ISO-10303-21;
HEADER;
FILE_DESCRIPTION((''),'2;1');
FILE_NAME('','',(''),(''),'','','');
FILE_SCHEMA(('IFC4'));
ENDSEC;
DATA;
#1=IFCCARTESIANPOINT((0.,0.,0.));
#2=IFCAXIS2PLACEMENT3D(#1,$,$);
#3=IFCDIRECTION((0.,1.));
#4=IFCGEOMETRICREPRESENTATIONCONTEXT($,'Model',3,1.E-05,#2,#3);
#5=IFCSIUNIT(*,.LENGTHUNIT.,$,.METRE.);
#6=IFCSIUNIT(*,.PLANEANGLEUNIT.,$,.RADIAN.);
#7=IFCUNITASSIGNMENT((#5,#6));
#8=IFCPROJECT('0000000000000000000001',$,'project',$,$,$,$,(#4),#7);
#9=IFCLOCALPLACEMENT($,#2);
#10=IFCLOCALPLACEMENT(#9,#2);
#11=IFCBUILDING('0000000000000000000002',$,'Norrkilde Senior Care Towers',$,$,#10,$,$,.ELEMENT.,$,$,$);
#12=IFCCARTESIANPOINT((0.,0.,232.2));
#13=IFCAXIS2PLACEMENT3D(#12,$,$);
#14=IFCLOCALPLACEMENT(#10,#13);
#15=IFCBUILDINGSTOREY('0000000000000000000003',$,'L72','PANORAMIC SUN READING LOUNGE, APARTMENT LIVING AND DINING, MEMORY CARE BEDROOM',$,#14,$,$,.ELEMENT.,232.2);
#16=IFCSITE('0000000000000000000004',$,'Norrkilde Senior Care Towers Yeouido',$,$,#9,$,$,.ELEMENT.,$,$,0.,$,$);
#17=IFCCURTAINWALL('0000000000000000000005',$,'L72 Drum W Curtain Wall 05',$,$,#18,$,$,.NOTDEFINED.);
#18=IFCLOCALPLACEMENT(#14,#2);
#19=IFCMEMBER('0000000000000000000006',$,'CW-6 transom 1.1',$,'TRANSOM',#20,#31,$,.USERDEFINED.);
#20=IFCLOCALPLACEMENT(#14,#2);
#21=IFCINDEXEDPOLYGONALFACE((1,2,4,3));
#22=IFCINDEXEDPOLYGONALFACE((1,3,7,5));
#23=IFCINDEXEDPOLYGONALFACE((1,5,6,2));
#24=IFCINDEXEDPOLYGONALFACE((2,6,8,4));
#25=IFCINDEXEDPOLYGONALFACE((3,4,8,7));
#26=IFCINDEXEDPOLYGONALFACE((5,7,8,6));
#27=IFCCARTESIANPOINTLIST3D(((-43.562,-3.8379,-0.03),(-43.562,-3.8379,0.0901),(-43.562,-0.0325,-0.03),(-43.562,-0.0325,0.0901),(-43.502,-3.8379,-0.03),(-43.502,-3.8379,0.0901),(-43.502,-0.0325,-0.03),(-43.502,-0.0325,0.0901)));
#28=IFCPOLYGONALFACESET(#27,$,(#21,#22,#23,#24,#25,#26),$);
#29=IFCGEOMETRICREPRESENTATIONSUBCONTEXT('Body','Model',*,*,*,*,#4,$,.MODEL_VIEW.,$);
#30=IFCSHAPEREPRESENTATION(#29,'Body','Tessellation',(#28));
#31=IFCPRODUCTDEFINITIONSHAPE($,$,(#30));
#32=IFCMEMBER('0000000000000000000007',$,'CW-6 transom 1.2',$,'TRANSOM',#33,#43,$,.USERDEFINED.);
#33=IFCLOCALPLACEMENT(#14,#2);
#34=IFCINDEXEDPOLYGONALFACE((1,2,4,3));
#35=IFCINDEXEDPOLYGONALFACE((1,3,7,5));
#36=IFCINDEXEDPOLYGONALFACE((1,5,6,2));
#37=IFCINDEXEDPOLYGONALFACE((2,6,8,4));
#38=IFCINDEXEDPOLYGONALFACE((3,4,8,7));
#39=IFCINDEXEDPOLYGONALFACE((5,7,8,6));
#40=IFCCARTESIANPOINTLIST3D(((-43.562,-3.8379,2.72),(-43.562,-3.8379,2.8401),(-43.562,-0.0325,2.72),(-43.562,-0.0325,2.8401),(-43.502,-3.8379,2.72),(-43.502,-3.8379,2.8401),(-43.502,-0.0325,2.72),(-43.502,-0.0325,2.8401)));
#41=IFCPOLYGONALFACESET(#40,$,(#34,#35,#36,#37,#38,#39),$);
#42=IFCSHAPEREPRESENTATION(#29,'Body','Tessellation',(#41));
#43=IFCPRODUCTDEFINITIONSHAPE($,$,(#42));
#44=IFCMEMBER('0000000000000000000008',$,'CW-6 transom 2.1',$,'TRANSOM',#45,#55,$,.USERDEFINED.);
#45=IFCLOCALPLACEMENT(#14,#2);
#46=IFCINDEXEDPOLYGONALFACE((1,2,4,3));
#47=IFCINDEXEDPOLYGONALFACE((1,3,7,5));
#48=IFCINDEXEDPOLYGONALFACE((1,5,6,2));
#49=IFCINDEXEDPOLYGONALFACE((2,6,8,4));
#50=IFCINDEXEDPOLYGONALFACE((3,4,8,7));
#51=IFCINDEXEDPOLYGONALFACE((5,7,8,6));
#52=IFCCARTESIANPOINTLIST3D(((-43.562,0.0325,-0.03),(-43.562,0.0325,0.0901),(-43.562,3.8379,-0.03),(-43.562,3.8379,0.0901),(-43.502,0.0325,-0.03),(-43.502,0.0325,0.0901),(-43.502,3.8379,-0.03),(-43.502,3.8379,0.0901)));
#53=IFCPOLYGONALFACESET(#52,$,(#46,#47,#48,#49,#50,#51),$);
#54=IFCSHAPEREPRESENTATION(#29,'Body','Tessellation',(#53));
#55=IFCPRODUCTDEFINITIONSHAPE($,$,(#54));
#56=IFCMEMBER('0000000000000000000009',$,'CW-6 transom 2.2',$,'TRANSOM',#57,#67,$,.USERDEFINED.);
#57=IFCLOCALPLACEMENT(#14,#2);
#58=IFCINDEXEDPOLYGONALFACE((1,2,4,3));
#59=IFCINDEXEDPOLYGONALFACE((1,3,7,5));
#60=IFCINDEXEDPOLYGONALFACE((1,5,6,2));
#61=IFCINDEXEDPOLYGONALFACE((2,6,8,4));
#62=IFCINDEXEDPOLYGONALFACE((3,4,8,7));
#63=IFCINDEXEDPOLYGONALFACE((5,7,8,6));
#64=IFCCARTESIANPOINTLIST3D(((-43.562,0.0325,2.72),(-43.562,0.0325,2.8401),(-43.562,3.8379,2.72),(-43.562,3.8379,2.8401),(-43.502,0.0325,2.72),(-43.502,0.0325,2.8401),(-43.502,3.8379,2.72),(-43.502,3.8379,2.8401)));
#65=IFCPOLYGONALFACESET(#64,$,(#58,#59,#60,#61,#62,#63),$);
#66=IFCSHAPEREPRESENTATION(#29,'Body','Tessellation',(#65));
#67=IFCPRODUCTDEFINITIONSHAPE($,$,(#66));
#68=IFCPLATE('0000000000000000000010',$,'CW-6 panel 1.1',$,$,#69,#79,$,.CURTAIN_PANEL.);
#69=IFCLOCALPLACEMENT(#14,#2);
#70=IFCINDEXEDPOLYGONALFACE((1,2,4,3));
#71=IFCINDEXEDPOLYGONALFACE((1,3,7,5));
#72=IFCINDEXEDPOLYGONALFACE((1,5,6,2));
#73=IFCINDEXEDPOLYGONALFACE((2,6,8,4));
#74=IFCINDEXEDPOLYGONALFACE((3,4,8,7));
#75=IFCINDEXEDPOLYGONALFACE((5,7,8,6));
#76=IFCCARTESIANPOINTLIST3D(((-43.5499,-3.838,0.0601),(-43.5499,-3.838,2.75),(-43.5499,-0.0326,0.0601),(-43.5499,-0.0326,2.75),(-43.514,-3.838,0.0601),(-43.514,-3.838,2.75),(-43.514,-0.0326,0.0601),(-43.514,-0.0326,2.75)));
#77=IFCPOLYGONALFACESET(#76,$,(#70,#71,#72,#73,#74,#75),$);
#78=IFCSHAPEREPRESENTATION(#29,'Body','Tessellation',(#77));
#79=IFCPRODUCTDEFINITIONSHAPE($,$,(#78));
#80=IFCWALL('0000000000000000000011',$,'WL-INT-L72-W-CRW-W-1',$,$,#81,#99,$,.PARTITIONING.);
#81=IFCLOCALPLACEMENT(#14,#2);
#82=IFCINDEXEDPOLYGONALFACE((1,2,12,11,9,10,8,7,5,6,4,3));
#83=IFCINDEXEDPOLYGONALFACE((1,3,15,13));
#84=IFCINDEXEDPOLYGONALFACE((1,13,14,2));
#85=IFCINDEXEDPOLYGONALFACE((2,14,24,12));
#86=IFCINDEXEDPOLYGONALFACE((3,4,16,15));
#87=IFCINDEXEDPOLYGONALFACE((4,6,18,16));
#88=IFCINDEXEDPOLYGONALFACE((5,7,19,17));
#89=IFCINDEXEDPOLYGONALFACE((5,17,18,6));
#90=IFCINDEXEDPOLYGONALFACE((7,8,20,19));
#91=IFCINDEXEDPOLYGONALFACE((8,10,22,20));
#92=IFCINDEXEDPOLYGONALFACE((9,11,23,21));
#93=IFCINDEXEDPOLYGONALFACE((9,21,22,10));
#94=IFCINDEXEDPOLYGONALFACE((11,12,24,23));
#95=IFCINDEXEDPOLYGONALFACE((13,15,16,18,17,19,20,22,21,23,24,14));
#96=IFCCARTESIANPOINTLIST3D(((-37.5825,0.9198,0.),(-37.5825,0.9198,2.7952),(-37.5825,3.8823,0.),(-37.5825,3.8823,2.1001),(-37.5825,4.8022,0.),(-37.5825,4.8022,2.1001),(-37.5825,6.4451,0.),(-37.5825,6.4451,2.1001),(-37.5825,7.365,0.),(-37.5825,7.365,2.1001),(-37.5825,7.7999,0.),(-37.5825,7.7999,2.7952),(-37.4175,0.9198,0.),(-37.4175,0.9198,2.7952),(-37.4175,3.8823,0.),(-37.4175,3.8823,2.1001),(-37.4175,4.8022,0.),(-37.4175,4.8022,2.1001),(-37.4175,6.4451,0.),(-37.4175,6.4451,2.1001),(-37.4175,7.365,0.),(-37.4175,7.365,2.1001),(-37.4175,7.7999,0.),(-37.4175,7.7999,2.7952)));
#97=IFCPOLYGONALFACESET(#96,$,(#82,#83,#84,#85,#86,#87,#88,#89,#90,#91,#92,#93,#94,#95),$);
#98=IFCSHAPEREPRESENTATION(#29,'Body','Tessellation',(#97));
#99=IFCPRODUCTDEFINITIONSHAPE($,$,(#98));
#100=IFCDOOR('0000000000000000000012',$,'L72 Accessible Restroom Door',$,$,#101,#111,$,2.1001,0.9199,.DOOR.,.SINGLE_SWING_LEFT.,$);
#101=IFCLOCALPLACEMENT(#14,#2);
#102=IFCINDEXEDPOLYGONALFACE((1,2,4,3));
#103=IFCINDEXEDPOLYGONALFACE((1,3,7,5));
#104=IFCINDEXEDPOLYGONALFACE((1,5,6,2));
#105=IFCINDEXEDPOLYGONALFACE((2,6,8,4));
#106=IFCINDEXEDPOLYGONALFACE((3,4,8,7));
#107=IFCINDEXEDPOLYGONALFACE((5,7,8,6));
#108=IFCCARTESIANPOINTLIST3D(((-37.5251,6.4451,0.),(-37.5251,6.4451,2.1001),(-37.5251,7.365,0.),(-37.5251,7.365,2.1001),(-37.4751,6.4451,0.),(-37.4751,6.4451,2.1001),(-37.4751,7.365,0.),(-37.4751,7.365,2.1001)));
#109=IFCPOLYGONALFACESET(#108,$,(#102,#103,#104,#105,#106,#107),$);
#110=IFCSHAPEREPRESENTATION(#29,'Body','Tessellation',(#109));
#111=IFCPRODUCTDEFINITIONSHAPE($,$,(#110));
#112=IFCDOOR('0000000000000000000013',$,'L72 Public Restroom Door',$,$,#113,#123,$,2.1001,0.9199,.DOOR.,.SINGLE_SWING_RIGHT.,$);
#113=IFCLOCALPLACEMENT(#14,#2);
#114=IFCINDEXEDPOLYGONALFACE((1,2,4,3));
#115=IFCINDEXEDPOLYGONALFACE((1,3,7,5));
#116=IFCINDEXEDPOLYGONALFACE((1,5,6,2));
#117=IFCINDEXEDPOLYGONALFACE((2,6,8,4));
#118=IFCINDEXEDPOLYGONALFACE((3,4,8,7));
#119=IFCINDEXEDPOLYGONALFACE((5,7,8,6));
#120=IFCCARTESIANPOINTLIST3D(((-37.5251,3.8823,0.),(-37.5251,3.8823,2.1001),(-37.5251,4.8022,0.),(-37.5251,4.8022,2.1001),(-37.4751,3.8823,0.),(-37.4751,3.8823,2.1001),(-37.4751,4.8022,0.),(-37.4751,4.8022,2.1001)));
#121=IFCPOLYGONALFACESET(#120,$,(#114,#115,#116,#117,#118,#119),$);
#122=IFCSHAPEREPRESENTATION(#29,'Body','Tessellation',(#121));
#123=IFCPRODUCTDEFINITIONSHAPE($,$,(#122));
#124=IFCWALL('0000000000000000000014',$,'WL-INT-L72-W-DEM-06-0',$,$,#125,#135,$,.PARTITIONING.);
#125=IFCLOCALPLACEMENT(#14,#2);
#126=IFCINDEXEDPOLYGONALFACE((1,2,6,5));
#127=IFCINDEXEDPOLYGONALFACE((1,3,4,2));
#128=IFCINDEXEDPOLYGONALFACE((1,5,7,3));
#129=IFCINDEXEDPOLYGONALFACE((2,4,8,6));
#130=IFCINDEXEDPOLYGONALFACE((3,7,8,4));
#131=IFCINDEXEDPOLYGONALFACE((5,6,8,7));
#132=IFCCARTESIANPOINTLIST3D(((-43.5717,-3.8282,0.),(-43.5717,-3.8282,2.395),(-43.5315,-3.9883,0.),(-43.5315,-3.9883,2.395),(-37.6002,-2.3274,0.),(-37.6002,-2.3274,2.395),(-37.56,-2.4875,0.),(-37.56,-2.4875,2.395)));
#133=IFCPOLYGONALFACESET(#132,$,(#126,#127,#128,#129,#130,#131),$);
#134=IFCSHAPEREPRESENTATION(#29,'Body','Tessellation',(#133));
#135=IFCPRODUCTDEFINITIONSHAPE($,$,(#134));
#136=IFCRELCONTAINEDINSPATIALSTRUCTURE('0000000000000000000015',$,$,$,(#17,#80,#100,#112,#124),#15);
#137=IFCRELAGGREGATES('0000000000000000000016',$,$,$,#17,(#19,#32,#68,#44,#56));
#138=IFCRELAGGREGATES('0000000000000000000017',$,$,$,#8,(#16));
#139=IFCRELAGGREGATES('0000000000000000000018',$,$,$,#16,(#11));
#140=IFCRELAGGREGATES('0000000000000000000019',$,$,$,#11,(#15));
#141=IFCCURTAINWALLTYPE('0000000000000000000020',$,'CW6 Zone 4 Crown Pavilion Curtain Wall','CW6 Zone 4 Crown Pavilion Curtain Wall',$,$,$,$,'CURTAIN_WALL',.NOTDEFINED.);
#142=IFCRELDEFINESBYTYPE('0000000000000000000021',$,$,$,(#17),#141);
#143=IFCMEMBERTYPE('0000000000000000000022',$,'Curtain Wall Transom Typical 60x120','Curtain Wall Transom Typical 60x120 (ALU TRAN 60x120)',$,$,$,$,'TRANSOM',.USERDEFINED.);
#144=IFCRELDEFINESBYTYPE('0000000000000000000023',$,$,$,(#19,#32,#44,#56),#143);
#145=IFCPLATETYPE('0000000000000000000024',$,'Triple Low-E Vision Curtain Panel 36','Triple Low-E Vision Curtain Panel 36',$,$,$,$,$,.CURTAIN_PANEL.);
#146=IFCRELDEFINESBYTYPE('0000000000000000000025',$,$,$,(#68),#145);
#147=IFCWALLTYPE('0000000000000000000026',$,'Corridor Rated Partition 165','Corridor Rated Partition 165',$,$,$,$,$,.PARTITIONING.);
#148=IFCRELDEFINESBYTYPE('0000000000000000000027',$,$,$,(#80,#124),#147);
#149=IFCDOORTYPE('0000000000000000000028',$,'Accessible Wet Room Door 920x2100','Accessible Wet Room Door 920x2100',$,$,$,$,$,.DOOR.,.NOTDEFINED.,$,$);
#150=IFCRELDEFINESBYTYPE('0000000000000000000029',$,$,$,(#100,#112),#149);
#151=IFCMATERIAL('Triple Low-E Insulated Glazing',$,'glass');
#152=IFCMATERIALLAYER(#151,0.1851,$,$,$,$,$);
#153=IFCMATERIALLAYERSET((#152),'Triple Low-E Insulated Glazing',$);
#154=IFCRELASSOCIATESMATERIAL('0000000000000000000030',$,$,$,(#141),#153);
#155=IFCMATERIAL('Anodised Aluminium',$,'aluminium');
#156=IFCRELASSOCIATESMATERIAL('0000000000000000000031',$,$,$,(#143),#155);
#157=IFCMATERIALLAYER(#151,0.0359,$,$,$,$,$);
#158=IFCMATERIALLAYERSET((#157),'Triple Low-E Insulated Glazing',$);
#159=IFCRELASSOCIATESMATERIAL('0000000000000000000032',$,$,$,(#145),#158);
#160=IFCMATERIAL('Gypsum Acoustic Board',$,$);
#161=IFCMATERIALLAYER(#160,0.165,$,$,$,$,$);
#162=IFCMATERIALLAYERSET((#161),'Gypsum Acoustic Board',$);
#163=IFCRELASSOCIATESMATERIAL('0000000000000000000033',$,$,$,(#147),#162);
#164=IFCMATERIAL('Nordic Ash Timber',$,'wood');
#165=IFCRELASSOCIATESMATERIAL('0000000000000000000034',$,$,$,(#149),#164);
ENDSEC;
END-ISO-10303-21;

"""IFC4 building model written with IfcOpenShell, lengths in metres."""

from ifc_helpers import new_model, si_unit, direction, frame, frame_2d, origin, origin_2d, place, context, subcontext, project, spatial, rectangle, extrude, source, transform, mapped, material, layer, layer_set, material_profile, profile_set, type_object, type_shapes, element, fill, aggregate, save


model = new_model("IFC4")

# Units and contexts
model_context = context("Model", 3, precision=1e-05, world=origin(), true_north=direction((0.0, 1.0)))
body_context = subcontext(model_context, "Body", "Model", "MODEL_VIEW")
ifc_project = project(units=[si_unit("LENGTHUNIT", "METRE"), si_unit("PLANEANGLEUNIT", "RADIAN")], contexts=[model_context])

# Site, building, storey
site_placement = place(None, origin())
site = spatial("IfcSite", under=ifc_project, at=site_placement, Name="Norrkilde Senior Care Towers Yeouido", CompositionType="ELEMENT", RefElevation=0.0)
building_placement = place(site_placement, origin())
building = spatial("IfcBuilding", under=site, at=building_placement, Name="Norrkilde Senior Care Towers", CompositionType="ELEMENT")
storey_placement = place(building_placement, frame((0.0, 0.0, 232.2)))
storey = spatial("IfcBuildingStorey", under=building, at=storey_placement, Name="L72", Description="PANORAMIC SUN READING LOUNGE, APARTMENT LIVING AND DINING, MEMORY CARE BEDROOM", CompositionType="ELEMENT", Elevation=232.2)

# Curtain wall, members, plate
ifc_material_1 = material(Name="Triple Low-E Insulated Glazing", Category="glass")
ifc_layer_1 = layer(ifc_material_1, 0.1851)
ifc_layer_set_1 = layer_set([ifc_layer_1], Name="Triple Low-E Insulated Glazing")
curtain_wall_type = type_object("IfcCurtainWallType", Name="CW6 Zone 4 Crown Pavilion Curtain Wall", Description="CW6 Zone 4 Crown Pavilion Curtain Wall", ElementType="CURTAIN_WALL", PredefinedType="NOTDEFINED", material=ifc_layer_set_1)
curtain_wall_placement = place(storey_placement, origin())
curtain_wall = element("IfcCurtainWall", 1, at=curtain_wall_placement, inside=storey, type_object=curtain_wall_type, Name="L72 Drum W Curtain Wall 05", PredefinedType="NOTDEFINED")
ifc_material_2 = material(Name="Anodised Aluminium", Category="aluminium")
ifc_material_profile_1 = material_profile(ifc_material_2, rectangle(XDim=0.0601, YDim=0.1201, at=origin_2d()), Name="ALU TRAN 60x120")
ifc_profile_set_1 = profile_set([ifc_material_profile_1], Name="Anodised Aluminium")
member_type_1 = type_object("IfcMemberType", Name="Curtain Wall Transom Typical 60x120", Description="Curtain Wall Transom Typical 60x120 (ALU TRAN 60x120)", ElementType="TRANSOM", PredefinedType="USERDEFINED", material=ifc_profile_set_1)
shared_shape_1 = source(origin(), body_context, "Body", "SweptSolid", [
    extrude(rectangle(XDim=0.0601, YDim=0.1201, at=origin_2d()), origin(), (0.0, 0.0, 1.0), 3.8054),
])
type_shapes(member_type_1, [shared_shape_1])
member_1_placement = place(storey_placement, frame((-43.532, -3.8379, 0.03), z_axis=(0.0, 1.0, 0.0), x_axis=(-1.0, 0.0, 0.0)))
member_1 = element("IfcMember", 2, at=member_1_placement, type_object=member_type_1, Name="CW-6 transom 1.1", ObjectType="TRANSOM", PredefinedType="USERDEFINED", context=body_context, shape_type="MappedRepresentation", body=[
    mapped(shared_shape_1, transform((0.0, 0.0, 0.0), x_axis=(1.0, 0.0, 0.0), y_axis=(0.0, 1.0, 0.0), z_axis=(0.0, 0.0, 1.0), scale=1.0)),
])
member_2_placement = place(storey_placement, frame((-43.532, -3.8379, 2.78), z_axis=(0.0, 1.0, 0.0), x_axis=(-1.0, 0.0, 0.0)))
member_2 = element("IfcMember", 3, at=member_2_placement, type_object=member_type_1, Name="CW-6 transom 1.2", ObjectType="TRANSOM", PredefinedType="USERDEFINED", context=body_context, shape_type="MappedRepresentation", body=[
    mapped(shared_shape_1, transform((0.0, 0.0, 0.0), x_axis=(1.0, 0.0, 0.0), y_axis=(0.0, 1.0, 0.0), z_axis=(0.0, 0.0, 1.0), scale=1.0)),
])
member_3_placement = place(storey_placement, frame((-43.532, 0.0325, 0.03), z_axis=(0.0, 1.0, 0.0), x_axis=(-1.0, 0.0, 0.0)))
member_3 = element("IfcMember", 4, at=member_3_placement, type_object=member_type_1, Name="CW-6 transom 2.1", ObjectType="TRANSOM", PredefinedType="USERDEFINED", context=body_context, shape_type="MappedRepresentation", body=[
    mapped(shared_shape_1, transform((0.0, 0.0, 0.0), x_axis=(1.0, 0.0, 0.0), y_axis=(0.0, 1.0, 0.0), z_axis=(0.0, 0.0, 1.0), scale=1.0)),
])
member_4_placement = place(storey_placement, frame((-43.532, 0.0325, 2.78), z_axis=(0.0, 1.0, 0.0), x_axis=(-1.0, 0.0, 0.0)))
member_4 = element("IfcMember", 5, at=member_4_placement, type_object=member_type_1, Name="CW-6 transom 2.2", ObjectType="TRANSOM", PredefinedType="USERDEFINED", context=body_context, shape_type="MappedRepresentation", body=[
    mapped(shared_shape_1, transform((0.0, 0.0, 0.0), x_axis=(1.0, 0.0, 0.0), y_axis=(0.0, 1.0, 0.0), z_axis=(0.0, 0.0, 1.0), scale=1.0)),
])
ifc_layer_2 = layer(ifc_material_1, 0.0359)
ifc_layer_set_2 = layer_set([ifc_layer_2], Name="Triple Low-E Insulated Glazing")
plate_type = type_object("IfcPlateType", Name="Triple Low-E Vision Curtain Panel 36", Description="Triple Low-E Vision Curtain Panel 36", PredefinedType="CURTAIN_PANEL", material=ifc_layer_set_2)
shared_shape_2 = source(origin(), body_context, "Body", "SweptSolid", [
    extrude(rectangle(XDim=3.8054, YDim=0.0359, at=origin_2d()), origin(), (0.0, 0.0, 1.0), 2.6899),
])
type_shapes(plate_type, [shared_shape_2])
plate_placement = place(storey_placement, frame((-43.532, -1.9353, 0.0601), z_axis=(0.0, 0.0, 1.0), x_axis=(0.0, 1.0, 0.0)))
plate = element("IfcPlate", 6, at=plate_placement, type_object=plate_type, Name="CW-6 panel 1.1", PredefinedType="CURTAIN_PANEL", context=body_context, shape_type="MappedRepresentation", body=[
    mapped(shared_shape_2, transform((0.0, 0.0, 0.0), x_axis=(1.0, 0.0, 0.0), y_axis=(0.0, 1.0, 0.0), z_axis=(0.0, 0.0, 1.0), scale=1.0)),
])
aggregate(curtain_wall, [member_1, member_2, plate, member_3, member_4])

# Wall, openings, doors
ifc_material_3 = material(Name="Gypsum Acoustic Board")
ifc_layer_3 = layer(ifc_material_3, 0.165)
ifc_layer_set_3 = layer_set([ifc_layer_3], Name="Gypsum Acoustic Board")
wall_type_1 = type_object("IfcWallType", Name="Corridor Rated Partition 165", Description="Corridor Rated Partition 165", PredefinedType="PARTITIONING", material=ifc_layer_set_3)
shared_shape_3 = source(origin(), body_context, "Body", "SweptSolid", [
    extrude(rectangle(XDim=6.8801, YDim=0.165, at=frame_2d((3.4399, 0.0))), origin(), (0.0, 0.0, 1.0), 2.7952),
])
wall_1_placement = place(storey_placement, frame((-37.5, 0.9199, 0.0), z_axis=(0.0, 0.0, 1.0), x_axis=(0.0, 1.0, 0.0)))
wall_1 = element("IfcWall", 7, at=wall_1_placement, inside=storey, type_object=wall_type_1, Name="WL-INT-L72-W-CRW-W-1", PredefinedType="PARTITIONING", context=body_context, shape_type="MappedRepresentation", body=[
    mapped(shared_shape_3, transform((0.0, 0.0, 0.0), x_axis=(1.0, 0.0, 0.0), y_axis=(0.0, 1.0, 0.0), z_axis=(0.0, 0.0, 1.0), scale=1.0)),
])
opening_1_placement = place(wall_1_placement, frame((5.5251, 0.0, 0.0)))
opening_1 = element("IfcOpeningElement", 8, at=opening_1_placement, cuts=wall_1, PredefinedType="OPENING", context=body_context, shape_type="SweptSolid", body=[
    extrude(rectangle(XDim=0.9199, YDim=2.1001, at=frame_2d((0.46, 1.05))), frame((0.0, 0.0925, 0.0), z_axis=(0.0, -1.0, 0.0), x_axis=(1.0, 0.0, 0.0)), (0.0, 0.0, 1.0), 0.1851),
])
opening_2_placement = place(wall_1_placement, frame((2.9624, 0.0, 0.0)))
opening_2 = element("IfcOpeningElement", 9, at=opening_2_placement, cuts=wall_1, PredefinedType="OPENING", context=body_context, shape_type="SweptSolid", body=[
    extrude(rectangle(XDim=0.9199, YDim=2.1001, at=frame_2d((0.46, 1.05))), frame((0.0, 0.0925, 0.0), z_axis=(0.0, -1.0, 0.0), x_axis=(1.0, 0.0, 0.0)), (0.0, 0.0, 1.0), 0.1851),
])
ifc_material_4 = material(Name="Nordic Ash Timber", Category="wood")
door_type_1 = type_object("IfcDoorType", Name="Accessible Wet Room Door 920x2100", Description="Accessible Wet Room Door 920x2100", OperationType="NOTDEFINED", PredefinedType="DOOR", material=ifc_material_4)
shared_shape_4 = source(origin(), body_context, "Body", "SweptSolid", [
    extrude(rectangle(XDim=0.9199, YDim=2.1001, at=frame_2d((0.46, 1.05))), frame((0.0, 0.0249, 0.0), z_axis=(0.0, -1.0, 0.0), x_axis=(1.0, 0.0, 0.0)), (0.0, 0.0, 1.0), 0.05),
])
type_shapes(door_type_1, [shared_shape_4])
door_1_placement = place(opening_1_placement, frame((0.9199, 0.0, 0.0), z_axis=(0.0, 0.0, 1.0), x_axis=(-1.0, 0.0, 0.0)))
door_1 = element("IfcDoor", 10, at=door_1_placement, inside=storey, type_object=door_type_1, Name="L72 Accessible Restroom Door", OperationType="SINGLE_SWING_LEFT", OverallHeight=2.1001, OverallWidth=0.9199, PredefinedType="DOOR", context=body_context, shape_type="MappedRepresentation", body=[
    mapped(shared_shape_4, transform((0.0, 0.0, 0.0), x_axis=(1.0, 0.0, 0.0), y_axis=(0.0, 1.0, 0.0), z_axis=(0.0, 0.0, 1.0), scale=1.0)),
])
fill(opening_1, door_1)
door_2_placement = place(opening_2_placement, frame((0.9199, 0.0, 0.0), z_axis=(0.0, 0.0, 1.0), x_axis=(-1.0, 0.0, 0.0)))
door_2 = element("IfcDoor", 11, at=door_2_placement, inside=storey, type_object=door_type_1, Name="L72 Public Restroom Door", OperationType="SINGLE_SWING_RIGHT", OverallHeight=2.1001, OverallWidth=0.9199, PredefinedType="DOOR", context=body_context, shape_type="MappedRepresentation", body=[
    mapped(shared_shape_4, transform((0.0, 0.0, 0.0), x_axis=(1.0, 0.0, 0.0), y_axis=(0.0, 1.0, 0.0), z_axis=(0.0, 0.0, 1.0), scale=1.0)),
])
fill(opening_2, door_2)

# Wall
shared_shape_5 = source(origin(), body_context, "Body", "SweptSolid", [
    extrude(rectangle(XDim=6.1572, YDim=0.165, at=frame_2d((3.0786, 0.0))), origin(), (0.0, 0.0, 1.0), 2.395),
])
wall_2_placement = place(storey_placement, frame((-37.5801, -2.4075, 0.0), z_axis=(0.0, 0.0, 1.0), x_axis=(-0.969841, -0.243739, 0.0)))
element("IfcWall", 12, at=wall_2_placement, inside=storey, type_object=wall_type_1, Name="WL-INT-L72-W-DEM-06-0", PredefinedType="PARTITIONING", context=body_context, shape_type="MappedRepresentation", body=[
    mapped(shared_shape_5, transform((0.0, 0.0, 0.0), x_axis=(1.0, 0.0, 0.0), y_axis=(0.0, 1.0, 0.0), z_axis=(0.0, 0.0, 1.0), scale=1.0)),
])

save(model, "model.ifc")
